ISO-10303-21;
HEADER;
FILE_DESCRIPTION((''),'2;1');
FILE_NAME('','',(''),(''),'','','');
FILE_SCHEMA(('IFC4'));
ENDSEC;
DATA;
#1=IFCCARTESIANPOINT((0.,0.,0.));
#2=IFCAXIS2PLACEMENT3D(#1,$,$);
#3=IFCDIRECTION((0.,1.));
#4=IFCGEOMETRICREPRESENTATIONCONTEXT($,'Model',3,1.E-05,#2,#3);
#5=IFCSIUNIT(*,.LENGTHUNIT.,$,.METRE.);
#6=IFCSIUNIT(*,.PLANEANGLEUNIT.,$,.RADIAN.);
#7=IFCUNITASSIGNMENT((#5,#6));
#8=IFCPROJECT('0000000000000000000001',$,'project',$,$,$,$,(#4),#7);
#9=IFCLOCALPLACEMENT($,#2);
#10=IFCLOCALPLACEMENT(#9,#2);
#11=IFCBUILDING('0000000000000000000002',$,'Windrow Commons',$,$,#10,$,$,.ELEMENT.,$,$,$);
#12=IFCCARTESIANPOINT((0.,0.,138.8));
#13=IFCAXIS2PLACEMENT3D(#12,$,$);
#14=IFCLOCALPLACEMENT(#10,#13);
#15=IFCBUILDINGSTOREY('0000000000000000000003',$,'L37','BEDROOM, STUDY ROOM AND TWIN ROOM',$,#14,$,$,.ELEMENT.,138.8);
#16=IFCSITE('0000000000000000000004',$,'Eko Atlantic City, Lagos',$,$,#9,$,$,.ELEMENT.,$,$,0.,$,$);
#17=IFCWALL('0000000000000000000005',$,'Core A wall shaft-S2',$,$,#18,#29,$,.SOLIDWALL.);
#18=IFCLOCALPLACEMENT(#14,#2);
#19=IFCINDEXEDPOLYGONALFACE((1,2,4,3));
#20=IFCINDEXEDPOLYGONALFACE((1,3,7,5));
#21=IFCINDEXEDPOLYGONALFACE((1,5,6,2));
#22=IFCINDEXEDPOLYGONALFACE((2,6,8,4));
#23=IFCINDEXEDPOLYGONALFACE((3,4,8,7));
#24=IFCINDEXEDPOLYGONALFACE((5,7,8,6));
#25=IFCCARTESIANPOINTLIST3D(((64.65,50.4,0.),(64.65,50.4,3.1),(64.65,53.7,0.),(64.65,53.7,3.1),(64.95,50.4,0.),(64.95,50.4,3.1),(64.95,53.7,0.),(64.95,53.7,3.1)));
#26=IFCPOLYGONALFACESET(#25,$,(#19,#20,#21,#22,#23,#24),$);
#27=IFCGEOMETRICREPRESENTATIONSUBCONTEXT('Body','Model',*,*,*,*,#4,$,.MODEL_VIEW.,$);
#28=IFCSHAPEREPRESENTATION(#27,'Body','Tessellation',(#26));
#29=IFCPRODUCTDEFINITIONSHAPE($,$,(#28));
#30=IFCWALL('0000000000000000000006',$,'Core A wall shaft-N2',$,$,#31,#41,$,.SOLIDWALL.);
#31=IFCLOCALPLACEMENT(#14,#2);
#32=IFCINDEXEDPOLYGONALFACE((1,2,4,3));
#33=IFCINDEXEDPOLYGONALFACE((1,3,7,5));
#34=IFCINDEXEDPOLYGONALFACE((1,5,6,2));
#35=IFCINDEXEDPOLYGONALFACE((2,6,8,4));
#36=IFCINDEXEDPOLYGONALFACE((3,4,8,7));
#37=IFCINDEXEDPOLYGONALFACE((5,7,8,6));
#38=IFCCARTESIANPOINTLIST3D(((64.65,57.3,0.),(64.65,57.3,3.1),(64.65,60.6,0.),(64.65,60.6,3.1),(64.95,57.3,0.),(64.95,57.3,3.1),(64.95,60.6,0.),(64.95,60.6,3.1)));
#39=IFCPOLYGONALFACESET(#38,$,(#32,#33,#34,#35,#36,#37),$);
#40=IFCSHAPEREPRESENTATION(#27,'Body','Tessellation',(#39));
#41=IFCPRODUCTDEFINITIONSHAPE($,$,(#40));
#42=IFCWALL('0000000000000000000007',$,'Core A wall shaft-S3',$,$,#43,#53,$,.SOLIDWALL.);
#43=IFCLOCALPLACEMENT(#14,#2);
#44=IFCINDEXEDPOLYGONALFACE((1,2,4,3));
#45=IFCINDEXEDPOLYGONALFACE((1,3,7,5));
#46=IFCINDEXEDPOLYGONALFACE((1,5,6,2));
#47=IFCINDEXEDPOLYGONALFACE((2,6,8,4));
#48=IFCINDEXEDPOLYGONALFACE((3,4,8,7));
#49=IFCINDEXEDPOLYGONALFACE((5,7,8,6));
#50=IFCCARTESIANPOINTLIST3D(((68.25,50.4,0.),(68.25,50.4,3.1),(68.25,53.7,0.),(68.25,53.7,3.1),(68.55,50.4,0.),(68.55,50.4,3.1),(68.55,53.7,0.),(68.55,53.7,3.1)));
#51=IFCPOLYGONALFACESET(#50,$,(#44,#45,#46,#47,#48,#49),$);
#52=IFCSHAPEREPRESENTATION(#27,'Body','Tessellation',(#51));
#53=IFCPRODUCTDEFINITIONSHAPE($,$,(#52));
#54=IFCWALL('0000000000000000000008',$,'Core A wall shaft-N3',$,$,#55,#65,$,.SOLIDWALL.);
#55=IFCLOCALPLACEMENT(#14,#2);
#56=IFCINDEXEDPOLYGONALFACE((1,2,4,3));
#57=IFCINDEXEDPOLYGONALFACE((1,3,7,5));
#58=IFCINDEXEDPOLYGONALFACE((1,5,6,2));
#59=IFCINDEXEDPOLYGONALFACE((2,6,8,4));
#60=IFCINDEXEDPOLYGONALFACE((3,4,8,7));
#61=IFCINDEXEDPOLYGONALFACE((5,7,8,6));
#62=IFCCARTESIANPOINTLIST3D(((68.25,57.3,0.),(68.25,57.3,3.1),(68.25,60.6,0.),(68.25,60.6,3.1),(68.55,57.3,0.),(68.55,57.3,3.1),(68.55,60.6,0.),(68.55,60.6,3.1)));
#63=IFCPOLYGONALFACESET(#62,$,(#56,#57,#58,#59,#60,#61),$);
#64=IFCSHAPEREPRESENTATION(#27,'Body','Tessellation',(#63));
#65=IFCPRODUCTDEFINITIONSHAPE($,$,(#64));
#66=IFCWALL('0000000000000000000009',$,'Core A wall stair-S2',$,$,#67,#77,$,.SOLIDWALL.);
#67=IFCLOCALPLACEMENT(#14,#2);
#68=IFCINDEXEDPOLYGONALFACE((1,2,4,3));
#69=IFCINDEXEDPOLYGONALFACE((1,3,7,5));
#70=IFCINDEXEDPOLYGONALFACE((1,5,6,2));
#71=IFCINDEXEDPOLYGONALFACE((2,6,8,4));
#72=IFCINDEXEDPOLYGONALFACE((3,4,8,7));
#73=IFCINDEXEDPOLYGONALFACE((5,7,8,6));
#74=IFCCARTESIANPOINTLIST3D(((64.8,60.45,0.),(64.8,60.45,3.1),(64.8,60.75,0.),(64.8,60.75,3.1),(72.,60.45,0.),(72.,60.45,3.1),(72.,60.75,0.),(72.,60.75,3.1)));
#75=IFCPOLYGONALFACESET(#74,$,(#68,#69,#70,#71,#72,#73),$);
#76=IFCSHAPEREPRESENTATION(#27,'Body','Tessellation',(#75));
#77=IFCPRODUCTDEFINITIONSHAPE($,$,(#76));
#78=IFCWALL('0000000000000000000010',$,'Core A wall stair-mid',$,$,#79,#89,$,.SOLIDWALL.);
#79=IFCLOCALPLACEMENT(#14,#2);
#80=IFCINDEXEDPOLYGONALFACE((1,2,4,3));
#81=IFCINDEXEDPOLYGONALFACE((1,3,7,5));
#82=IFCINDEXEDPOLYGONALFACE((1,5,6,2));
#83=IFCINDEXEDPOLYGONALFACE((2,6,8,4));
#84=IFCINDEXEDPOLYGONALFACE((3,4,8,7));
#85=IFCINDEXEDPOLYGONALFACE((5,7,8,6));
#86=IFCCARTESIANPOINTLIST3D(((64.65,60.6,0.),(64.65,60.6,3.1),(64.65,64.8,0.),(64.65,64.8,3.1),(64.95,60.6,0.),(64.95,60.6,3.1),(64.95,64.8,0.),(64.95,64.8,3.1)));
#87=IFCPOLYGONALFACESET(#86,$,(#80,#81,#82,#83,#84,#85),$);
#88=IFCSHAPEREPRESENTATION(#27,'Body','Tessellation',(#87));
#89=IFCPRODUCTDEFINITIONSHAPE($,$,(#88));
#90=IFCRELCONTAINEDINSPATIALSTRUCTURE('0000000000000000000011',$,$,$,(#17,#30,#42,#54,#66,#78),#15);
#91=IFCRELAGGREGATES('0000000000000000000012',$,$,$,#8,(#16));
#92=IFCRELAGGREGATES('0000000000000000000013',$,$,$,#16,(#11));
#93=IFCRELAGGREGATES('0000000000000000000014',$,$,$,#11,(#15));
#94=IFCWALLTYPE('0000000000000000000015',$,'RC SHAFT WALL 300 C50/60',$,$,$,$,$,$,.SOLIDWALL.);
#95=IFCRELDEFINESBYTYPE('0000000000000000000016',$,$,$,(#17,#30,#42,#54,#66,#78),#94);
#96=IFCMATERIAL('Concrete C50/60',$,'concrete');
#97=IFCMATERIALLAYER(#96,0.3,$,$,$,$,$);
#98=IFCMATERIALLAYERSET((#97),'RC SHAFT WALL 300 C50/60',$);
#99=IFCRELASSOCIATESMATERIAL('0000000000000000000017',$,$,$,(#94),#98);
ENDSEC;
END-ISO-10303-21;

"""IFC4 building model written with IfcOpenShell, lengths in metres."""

from ifc_helpers import new_model, si_unit, direction, frame, frame_2d, origin, place, context, subcontext, project, spatial, rectangle, extrude, material, layer, layer_set, type_object, element, save


model = new_model("IFC4")

# Units and contexts
model_context = context("Model", 3, precision=1e-05, world=origin(), true_north=direction((0.0, 1.0)))
body_context = subcontext(model_context, "Body", "Model", "MODEL_VIEW")
ifc_project = project(units=[si_unit("LENGTHUNIT", "METRE"), si_unit("PLANEANGLEUNIT", "RADIAN")], contexts=[model_context])

# Site, building, storey
site_placement = place(None, origin())
site = spatial("IfcSite", under=ifc_project, at=site_placement, Name="Eko Atlantic City, Lagos", CompositionType="ELEMENT", RefElevation=0.0)
building_placement = place(site_placement, origin())
building = spatial("IfcBuilding", under=site, at=building_placement, Name="Windrow Commons", CompositionType="ELEMENT")
storey_placement = place(building_placement, frame((0.0, 0.0, 138.8)))
storey = spatial("IfcBuildingStorey", under=building, at=storey_placement, Name="L37", Description="BEDROOM, STUDY ROOM AND TWIN ROOM", CompositionType="ELEMENT", Elevation=138.8)

# Walls
ifc_material_1 = material(Name="Concrete C50/60", Category="concrete")
ifc_layer_1 = layer(ifc_material_1, 0.3)
ifc_layer_set_1 = layer_set([ifc_layer_1], Name="RC SHAFT WALL 300 C50/60")
wall_type_1 = type_object("IfcWallType", Name="RC SHAFT WALL 300 C50/60", PredefinedType="SOLIDWALL", material=ifc_layer_set_1)
for number, where, z_axis, x_axis, name in (
    (1, (64.8, 50.4, 0.0), (0.0, 0.0, 1.0), (0.0, 1.0, 0.0), "Core A wall shaft-S2"),
    (2, (64.8, 57.3, 0.0), (0.0, 0.0, 1.0), (0.0, 1.0, 0.0), "Core A wall shaft-N2"),
    (3, (68.4, 50.4, 0.0), (0.0, 0.0, 1.0), (0.0, 1.0, 0.0), "Core A wall shaft-S3"),
    (4, (68.4, 57.3, 0.0), (0.0, 0.0, 1.0), (0.0, 1.0, 0.0), "Core A wall shaft-N3"),
):
    element("IfcWall", number, at=place(storey_placement, frame(where, z_axis=z_axis, x_axis=x_axis)), inside=storey, type_object=wall_type_1, Name=name, PredefinedType="SOLIDWALL", context=body_context, shape_type="SweptSolid", body=[
        extrude(rectangle(XDim=3.3, YDim=0.3, at=frame_2d((1.65, 0.0))), origin(), (0.0, 0.0, 1.0), 3.1),
    ])
wall_1_placement = place(storey_placement, frame((64.8, 60.6, 0.0), z_axis=(0.0, 0.0, 1.0), x_axis=(1.0, 0.0, 0.0)))
element("IfcWall", 5, at=wall_1_placement, inside=storey, type_object=wall_type_1, Name="Core A wall stair-S2", PredefinedType="SOLIDWALL", context=body_context, shape_type="SweptSolid", body=[
    extrude(rectangle(XDim=7.2, YDim=0.3, at=frame_2d((3.6, 0.0))), origin(), (0.0, 0.0, 1.0), 3.1),
])
wall_2_placement = place(storey_placement, frame((64.8, 60.6, 0.0), z_axis=(0.0, 0.0, 1.0), x_axis=(0.0, 1.0, 0.0)))
element("IfcWall", 6, at=wall_2_placement, inside=storey, type_object=wall_type_1, Name="Core A wall stair-mid", PredefinedType="SOLIDWALL", context=body_context, shape_type="SweptSolid", body=[
    extrude(rectangle(XDim=4.2, YDim=0.3, at=frame_2d((2.1, 0.0))), origin(), (0.0, 0.0, 1.0), 3.1),
])

save(model, "model.ifc")
